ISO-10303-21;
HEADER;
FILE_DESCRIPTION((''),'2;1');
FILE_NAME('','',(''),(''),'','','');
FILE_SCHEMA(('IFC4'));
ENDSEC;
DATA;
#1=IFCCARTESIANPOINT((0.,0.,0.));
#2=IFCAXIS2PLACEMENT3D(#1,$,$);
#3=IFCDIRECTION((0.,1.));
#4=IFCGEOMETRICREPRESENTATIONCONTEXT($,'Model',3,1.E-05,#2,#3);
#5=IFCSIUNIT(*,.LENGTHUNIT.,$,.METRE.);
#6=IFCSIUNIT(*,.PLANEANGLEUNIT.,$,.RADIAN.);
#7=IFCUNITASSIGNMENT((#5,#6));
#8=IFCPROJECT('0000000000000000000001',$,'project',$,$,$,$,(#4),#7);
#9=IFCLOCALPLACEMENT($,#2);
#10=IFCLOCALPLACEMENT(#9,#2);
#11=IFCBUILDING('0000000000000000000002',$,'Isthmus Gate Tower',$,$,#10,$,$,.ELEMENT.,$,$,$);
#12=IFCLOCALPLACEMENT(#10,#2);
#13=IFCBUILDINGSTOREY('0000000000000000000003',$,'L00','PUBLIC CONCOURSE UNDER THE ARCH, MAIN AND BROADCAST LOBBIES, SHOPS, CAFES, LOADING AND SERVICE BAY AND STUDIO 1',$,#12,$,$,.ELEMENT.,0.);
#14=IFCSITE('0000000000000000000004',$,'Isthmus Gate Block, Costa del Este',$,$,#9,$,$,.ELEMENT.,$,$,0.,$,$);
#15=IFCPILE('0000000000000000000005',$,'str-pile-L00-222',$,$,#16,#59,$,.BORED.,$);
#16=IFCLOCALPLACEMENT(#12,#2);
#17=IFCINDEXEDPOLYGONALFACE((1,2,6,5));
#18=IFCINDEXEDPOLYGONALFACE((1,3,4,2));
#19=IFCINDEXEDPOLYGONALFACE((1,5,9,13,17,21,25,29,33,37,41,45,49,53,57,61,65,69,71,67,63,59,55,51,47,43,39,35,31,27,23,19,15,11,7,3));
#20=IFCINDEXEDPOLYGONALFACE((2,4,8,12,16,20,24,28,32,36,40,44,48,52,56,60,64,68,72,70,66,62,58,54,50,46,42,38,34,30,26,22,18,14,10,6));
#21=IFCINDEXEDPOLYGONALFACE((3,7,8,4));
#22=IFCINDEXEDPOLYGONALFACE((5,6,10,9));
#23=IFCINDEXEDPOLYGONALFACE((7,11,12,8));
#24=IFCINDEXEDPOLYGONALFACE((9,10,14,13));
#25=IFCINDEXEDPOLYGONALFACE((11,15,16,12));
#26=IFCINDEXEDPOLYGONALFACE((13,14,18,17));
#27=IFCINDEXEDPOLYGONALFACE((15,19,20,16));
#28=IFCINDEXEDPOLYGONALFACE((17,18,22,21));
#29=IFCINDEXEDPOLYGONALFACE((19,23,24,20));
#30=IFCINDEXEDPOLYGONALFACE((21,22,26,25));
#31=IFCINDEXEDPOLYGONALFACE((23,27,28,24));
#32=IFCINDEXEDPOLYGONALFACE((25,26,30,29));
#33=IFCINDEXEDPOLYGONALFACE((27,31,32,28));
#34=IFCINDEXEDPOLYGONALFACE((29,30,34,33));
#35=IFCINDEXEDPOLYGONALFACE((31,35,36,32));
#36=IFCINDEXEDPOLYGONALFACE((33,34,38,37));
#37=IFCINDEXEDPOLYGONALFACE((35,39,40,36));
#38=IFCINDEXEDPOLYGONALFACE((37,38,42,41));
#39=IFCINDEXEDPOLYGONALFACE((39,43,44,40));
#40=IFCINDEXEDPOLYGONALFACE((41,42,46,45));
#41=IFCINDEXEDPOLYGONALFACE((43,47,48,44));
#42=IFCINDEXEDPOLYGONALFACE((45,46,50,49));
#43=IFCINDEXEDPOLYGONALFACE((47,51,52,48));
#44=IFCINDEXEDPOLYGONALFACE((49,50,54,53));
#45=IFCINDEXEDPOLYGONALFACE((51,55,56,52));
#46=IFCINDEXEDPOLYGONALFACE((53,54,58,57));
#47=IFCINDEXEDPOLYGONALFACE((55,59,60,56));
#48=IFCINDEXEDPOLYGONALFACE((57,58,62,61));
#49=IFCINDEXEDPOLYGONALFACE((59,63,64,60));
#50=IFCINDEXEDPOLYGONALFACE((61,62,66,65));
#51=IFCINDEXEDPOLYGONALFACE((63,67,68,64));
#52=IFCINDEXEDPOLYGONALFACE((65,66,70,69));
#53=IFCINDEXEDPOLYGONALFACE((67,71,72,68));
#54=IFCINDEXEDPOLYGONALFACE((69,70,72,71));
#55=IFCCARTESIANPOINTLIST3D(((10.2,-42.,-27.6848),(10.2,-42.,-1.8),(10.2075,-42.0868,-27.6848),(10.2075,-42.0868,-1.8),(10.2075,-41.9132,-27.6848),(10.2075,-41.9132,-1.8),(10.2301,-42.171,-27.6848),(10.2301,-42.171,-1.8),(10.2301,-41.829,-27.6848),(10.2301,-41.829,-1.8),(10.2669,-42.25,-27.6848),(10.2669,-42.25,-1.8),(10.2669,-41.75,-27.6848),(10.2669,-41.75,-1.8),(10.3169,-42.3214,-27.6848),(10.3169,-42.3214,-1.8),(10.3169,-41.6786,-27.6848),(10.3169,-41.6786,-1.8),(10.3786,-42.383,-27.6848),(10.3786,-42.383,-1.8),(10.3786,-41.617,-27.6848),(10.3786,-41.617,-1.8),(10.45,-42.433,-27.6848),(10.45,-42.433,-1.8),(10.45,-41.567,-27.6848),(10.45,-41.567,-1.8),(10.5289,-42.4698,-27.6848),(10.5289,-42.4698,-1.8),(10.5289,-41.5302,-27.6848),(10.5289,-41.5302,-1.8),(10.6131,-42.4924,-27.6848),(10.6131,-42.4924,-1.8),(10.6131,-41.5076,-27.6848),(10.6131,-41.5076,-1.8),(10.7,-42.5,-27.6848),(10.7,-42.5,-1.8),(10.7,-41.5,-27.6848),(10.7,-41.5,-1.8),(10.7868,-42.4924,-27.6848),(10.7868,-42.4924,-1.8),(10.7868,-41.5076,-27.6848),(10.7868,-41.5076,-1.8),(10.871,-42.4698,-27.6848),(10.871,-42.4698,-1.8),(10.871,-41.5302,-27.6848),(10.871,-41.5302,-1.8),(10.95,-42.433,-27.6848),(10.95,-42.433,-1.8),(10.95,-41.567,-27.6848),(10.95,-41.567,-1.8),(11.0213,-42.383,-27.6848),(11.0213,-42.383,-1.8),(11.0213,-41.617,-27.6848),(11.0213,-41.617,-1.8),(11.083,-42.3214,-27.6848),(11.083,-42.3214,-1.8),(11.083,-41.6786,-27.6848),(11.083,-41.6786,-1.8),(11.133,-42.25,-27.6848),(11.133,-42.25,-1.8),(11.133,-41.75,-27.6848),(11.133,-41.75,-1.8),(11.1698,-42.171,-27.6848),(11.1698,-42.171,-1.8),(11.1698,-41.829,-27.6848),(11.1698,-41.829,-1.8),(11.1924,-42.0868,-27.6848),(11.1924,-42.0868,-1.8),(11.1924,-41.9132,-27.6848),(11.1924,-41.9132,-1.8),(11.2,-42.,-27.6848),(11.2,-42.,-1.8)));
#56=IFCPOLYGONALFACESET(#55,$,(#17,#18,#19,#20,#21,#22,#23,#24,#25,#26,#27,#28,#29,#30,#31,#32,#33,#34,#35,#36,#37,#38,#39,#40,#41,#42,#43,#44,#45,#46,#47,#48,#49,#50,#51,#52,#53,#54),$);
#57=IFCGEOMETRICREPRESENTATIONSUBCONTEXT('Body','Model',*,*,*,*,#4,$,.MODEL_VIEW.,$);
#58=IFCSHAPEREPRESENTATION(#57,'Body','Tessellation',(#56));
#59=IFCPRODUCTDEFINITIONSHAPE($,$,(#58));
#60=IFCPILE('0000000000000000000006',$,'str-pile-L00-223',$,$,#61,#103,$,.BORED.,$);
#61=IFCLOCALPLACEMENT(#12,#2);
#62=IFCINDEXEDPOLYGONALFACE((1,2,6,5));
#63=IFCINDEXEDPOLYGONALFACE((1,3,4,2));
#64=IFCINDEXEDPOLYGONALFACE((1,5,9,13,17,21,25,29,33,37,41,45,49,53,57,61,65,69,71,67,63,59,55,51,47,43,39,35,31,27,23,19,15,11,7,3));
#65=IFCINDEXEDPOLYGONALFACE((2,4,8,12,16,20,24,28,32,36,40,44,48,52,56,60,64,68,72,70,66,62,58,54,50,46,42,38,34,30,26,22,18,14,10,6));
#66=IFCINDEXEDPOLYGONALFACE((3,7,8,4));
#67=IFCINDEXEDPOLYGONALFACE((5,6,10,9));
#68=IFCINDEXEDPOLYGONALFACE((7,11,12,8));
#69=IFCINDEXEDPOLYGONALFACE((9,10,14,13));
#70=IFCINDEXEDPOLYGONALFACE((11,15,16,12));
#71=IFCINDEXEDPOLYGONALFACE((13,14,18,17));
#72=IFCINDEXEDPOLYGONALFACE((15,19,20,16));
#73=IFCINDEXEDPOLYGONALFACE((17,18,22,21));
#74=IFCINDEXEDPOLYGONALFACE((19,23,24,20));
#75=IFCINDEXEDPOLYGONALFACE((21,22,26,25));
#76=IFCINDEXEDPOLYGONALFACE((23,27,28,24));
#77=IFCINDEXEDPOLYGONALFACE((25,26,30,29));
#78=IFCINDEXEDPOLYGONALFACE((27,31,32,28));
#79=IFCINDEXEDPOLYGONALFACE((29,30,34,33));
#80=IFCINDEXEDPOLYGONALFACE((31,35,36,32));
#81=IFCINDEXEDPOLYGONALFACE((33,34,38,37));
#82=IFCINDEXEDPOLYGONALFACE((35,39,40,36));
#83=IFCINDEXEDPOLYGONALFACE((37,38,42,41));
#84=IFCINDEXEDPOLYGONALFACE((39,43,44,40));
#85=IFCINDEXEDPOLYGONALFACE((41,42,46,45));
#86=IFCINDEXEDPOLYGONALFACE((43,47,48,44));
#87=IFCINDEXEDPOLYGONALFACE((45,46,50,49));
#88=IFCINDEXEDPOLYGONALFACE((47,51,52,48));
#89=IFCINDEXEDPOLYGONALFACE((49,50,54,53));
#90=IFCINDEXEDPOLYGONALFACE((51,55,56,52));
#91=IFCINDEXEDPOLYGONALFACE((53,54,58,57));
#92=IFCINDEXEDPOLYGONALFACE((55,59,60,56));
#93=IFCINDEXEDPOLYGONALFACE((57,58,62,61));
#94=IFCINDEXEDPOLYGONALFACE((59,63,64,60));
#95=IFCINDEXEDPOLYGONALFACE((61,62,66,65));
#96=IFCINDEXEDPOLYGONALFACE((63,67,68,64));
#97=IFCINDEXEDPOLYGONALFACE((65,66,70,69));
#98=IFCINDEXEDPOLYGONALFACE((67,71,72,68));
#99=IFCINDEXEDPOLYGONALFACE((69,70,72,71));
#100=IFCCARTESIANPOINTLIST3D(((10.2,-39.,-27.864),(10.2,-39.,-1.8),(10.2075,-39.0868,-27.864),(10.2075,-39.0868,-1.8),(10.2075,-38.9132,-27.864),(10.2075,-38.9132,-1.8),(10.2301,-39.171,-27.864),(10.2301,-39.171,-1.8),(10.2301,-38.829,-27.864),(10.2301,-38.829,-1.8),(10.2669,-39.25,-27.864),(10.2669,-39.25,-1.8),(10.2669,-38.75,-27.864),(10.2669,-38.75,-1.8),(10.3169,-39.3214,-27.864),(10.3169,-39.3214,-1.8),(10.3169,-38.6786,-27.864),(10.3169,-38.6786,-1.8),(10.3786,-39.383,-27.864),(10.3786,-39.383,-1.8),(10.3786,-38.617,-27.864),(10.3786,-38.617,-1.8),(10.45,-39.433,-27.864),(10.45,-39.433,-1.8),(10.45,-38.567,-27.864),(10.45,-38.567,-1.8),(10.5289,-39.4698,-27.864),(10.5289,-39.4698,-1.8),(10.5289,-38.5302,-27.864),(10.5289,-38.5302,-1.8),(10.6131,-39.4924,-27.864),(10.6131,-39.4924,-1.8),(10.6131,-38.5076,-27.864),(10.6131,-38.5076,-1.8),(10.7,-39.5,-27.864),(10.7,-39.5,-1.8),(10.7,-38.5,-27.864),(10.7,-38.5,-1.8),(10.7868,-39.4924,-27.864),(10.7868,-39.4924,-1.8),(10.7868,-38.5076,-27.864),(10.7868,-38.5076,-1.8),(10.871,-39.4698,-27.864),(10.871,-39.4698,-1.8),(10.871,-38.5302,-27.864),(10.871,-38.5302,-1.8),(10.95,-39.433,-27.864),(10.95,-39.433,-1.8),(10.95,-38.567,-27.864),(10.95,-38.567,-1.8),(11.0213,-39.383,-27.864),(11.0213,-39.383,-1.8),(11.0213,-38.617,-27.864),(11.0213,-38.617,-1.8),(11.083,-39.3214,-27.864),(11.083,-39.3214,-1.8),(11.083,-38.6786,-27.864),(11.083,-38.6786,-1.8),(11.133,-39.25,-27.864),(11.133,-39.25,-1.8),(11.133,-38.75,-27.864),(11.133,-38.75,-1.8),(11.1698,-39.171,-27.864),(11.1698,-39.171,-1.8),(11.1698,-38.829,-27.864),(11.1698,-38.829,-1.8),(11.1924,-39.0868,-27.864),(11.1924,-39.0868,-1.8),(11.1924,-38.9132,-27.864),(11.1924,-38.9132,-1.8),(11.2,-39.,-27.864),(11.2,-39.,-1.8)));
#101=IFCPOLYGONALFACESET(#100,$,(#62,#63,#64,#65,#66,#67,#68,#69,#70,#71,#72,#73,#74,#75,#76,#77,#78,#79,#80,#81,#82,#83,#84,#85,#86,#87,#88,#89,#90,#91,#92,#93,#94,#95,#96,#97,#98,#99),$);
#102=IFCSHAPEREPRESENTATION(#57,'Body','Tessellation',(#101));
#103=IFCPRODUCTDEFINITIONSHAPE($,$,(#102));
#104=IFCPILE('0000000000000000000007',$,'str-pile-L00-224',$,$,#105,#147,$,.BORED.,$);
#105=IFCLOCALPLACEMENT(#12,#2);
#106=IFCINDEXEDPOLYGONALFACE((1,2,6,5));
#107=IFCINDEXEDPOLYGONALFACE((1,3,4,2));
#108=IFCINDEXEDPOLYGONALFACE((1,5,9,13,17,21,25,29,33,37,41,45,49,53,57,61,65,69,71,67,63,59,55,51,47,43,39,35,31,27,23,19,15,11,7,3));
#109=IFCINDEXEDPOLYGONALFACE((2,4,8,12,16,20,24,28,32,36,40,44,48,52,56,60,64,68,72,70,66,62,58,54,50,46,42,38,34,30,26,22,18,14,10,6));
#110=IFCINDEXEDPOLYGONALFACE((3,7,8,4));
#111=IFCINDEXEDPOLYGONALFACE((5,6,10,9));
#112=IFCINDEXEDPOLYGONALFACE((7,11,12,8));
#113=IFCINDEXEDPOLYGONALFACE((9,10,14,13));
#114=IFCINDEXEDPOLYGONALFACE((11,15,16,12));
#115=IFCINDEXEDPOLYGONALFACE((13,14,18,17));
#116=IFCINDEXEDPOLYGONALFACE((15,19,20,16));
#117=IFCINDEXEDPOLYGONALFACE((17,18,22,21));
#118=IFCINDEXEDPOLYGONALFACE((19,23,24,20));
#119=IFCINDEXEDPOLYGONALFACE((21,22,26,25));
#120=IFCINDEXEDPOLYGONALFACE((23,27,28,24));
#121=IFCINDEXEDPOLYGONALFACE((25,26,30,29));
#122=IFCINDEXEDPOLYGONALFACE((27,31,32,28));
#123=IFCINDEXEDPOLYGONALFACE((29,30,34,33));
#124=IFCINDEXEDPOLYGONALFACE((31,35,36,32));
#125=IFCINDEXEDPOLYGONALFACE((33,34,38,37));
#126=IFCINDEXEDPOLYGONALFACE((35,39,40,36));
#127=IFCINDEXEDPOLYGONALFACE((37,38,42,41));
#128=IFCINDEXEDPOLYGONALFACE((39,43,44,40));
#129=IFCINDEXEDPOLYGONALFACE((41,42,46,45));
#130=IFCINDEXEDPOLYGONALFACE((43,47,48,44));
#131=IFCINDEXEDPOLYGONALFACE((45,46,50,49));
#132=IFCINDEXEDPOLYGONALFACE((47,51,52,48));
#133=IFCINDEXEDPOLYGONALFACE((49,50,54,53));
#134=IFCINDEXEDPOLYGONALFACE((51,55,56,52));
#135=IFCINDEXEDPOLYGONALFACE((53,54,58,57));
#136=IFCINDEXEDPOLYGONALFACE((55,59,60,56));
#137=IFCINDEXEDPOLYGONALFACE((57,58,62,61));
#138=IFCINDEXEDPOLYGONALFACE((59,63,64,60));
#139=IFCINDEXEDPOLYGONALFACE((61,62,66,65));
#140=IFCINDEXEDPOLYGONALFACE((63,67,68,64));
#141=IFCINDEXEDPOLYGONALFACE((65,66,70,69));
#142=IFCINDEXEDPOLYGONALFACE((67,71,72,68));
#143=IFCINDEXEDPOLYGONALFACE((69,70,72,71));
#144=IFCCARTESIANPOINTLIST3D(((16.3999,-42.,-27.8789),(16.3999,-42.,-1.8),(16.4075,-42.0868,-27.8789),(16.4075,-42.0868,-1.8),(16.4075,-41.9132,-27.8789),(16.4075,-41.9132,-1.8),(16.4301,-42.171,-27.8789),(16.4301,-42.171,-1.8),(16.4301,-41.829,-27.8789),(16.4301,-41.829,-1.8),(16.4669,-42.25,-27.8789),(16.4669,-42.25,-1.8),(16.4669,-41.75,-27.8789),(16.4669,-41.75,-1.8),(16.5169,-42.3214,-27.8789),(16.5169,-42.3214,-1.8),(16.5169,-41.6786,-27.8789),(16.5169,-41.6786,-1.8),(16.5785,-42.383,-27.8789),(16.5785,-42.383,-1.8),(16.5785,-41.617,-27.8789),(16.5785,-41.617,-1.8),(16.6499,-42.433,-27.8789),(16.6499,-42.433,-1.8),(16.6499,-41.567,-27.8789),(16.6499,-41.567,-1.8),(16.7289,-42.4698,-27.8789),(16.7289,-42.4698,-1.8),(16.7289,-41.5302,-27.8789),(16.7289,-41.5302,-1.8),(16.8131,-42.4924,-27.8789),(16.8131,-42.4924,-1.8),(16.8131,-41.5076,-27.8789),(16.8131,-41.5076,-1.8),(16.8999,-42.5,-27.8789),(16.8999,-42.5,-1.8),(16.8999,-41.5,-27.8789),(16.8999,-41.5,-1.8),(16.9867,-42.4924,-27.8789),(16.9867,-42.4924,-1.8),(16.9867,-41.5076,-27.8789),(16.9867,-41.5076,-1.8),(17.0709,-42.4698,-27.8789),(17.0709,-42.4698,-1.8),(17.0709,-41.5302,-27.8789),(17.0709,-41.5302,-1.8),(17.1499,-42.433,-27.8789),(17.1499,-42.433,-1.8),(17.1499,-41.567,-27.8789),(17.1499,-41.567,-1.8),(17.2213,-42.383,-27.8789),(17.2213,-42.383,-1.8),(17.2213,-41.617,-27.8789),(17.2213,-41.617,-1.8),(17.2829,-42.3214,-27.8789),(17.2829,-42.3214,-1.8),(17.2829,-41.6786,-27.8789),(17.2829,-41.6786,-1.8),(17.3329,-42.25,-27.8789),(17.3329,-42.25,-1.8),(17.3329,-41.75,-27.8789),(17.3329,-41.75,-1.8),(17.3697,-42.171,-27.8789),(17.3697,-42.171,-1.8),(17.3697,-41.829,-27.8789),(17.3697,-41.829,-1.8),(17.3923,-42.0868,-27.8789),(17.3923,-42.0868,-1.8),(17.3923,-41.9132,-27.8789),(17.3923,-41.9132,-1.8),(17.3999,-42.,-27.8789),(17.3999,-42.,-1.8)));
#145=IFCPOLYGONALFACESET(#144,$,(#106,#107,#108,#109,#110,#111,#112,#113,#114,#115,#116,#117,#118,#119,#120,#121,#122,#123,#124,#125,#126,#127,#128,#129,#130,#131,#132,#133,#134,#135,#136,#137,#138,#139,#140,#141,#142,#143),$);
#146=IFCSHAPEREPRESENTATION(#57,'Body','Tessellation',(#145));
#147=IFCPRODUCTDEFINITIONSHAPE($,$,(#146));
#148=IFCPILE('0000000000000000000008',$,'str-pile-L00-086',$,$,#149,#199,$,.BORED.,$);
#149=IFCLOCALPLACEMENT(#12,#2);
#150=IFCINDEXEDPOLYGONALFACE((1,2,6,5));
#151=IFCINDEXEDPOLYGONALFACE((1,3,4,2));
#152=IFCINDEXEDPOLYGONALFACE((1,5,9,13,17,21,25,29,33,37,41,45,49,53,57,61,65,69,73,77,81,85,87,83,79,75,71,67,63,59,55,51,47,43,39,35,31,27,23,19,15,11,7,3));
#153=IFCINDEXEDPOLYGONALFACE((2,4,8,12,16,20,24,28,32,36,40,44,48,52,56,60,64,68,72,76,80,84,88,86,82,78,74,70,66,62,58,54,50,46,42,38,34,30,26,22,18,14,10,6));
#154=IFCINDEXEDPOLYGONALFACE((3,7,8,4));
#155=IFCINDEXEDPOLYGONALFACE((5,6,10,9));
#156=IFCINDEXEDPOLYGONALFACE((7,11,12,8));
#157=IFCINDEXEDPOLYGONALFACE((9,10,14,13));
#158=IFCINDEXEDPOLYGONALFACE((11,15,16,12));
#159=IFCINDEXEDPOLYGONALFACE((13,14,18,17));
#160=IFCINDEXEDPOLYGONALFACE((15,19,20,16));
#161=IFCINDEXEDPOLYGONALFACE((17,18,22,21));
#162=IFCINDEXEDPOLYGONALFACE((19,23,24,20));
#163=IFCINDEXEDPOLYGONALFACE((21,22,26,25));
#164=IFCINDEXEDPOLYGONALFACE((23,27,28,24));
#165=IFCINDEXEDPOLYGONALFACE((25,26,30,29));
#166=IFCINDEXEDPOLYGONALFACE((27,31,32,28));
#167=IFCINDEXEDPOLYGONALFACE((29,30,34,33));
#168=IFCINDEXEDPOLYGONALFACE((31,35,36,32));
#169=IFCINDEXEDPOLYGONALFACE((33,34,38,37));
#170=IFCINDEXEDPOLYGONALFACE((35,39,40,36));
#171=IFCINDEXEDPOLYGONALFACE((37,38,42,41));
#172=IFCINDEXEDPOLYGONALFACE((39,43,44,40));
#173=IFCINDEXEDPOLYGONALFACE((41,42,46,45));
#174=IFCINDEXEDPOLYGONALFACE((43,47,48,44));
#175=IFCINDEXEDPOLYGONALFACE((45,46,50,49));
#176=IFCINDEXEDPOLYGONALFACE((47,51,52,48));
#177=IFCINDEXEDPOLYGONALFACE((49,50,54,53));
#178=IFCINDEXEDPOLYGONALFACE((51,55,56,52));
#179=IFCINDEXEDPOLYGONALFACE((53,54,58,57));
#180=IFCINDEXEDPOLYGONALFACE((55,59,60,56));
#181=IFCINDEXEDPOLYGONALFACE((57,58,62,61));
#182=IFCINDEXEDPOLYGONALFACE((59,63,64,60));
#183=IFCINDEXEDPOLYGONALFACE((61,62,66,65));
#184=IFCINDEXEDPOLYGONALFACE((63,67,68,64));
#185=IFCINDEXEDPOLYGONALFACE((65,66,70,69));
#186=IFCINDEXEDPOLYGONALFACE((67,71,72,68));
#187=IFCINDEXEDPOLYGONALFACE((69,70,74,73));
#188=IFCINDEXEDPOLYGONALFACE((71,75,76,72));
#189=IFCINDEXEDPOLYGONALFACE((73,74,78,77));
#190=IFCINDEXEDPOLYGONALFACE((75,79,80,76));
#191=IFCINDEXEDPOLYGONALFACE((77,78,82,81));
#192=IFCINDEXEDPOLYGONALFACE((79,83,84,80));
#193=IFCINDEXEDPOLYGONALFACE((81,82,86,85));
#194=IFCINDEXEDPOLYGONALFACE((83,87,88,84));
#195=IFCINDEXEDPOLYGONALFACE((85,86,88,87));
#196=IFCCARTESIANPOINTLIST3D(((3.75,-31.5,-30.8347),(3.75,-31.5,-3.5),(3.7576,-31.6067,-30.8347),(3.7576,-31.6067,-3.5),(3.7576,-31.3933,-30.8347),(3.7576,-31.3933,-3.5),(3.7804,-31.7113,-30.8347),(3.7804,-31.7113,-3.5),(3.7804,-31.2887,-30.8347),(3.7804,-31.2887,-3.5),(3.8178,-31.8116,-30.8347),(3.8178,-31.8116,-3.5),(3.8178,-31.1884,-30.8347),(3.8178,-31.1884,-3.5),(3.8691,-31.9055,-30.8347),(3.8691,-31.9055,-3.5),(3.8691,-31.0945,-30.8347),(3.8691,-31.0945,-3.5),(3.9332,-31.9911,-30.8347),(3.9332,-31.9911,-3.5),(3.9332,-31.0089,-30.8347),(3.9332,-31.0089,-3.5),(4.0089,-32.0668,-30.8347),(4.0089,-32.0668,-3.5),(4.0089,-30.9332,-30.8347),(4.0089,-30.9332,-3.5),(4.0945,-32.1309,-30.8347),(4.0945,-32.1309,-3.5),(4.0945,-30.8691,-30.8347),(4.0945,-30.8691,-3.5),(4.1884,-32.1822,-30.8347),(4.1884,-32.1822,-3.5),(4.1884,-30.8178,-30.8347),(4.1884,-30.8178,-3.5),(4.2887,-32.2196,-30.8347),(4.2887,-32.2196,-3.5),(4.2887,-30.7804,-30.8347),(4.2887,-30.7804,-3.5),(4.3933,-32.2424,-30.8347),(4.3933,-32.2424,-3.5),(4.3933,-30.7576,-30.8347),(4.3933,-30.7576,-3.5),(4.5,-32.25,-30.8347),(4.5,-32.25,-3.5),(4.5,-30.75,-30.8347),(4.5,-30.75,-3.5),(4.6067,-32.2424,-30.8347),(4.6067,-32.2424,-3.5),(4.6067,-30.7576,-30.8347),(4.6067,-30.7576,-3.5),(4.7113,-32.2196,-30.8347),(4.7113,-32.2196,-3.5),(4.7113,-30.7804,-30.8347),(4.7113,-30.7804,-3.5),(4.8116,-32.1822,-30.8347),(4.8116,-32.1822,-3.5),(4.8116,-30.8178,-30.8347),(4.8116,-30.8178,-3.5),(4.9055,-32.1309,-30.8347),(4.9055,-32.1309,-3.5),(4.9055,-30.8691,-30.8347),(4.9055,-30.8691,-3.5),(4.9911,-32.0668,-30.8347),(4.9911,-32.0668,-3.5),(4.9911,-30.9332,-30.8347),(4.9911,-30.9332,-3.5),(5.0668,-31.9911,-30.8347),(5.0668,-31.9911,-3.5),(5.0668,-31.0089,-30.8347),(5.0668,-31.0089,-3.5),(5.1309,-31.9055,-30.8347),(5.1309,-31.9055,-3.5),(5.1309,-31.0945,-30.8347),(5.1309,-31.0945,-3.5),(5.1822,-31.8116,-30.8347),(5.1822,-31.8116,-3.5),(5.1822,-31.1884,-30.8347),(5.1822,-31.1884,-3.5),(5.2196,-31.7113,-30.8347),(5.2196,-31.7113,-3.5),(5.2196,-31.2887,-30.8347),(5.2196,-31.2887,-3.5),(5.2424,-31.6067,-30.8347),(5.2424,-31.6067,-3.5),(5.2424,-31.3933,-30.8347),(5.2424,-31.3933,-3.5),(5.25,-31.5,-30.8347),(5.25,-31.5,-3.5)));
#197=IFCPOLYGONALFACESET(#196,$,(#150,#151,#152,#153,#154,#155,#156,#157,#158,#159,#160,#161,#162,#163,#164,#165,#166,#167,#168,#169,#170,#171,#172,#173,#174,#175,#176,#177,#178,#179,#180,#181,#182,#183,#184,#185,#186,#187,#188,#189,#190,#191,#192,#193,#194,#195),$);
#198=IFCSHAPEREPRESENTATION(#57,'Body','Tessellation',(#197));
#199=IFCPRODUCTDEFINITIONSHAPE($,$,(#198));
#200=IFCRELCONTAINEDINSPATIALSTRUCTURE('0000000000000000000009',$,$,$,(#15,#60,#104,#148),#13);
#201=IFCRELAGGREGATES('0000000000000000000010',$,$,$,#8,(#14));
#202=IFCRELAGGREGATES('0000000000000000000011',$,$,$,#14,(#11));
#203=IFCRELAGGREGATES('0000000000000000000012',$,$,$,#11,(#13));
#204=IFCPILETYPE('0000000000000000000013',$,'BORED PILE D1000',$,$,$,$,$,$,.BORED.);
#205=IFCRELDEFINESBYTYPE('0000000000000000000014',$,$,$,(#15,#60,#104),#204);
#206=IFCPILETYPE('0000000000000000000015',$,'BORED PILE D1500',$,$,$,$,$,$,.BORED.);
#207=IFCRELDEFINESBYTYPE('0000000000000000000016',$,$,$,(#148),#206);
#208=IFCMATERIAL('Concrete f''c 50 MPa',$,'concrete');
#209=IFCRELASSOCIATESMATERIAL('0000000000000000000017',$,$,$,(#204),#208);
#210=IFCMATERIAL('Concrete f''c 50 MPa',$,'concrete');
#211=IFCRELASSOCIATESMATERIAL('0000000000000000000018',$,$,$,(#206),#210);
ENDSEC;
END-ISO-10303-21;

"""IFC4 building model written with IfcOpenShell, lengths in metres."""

from ifc_helpers import new_model, si_unit, direction, frame, origin, origin_2d, place, context, subcontext, project, spatial, circle, extrude, material, material_profile, profile_set, type_object, element, save


model = new_model("IFC4")

# Units and contexts
model_context = context("Model", 3, precision=1e-05, world=origin(), true_north=direction((0.0, 1.0)))
body_context = subcontext(model_context, "Body", "Model", "MODEL_VIEW")
ifc_project = project(units=[si_unit("LENGTHUNIT", "METRE"), si_unit("PLANEANGLEUNIT", "RADIAN")], contexts=[model_context])

# Site, building, storey
site_placement = place(None, origin())
site = spatial("IfcSite", under=ifc_project, at=site_placement, Name="Isthmus Gate Block, Costa del Este", CompositionType="ELEMENT", RefElevation=0.0)
building_placement = place(site_placement, origin())
building = spatial("IfcBuilding", under=site, at=building_placement, Name="Isthmus Gate Tower", CompositionType="ELEMENT")
storey_placement = place(building_placement, origin())
storey = spatial("IfcBuildingStorey", under=building, at=storey_placement, Name="L00", Description="PUBLIC CONCOURSE UNDER THE ARCH, MAIN AND BROADCAST LOBBIES, SHOPS, CAFES, LOADING AND SERVICE BAY AND STUDIO 1", CompositionType="ELEMENT", Elevation=0.0)

# Piles
ifc_material_1 = material(Name="Concrete f'c 50 MPa", Category="concrete")
ifc_material_profile_1 = material_profile(ifc_material_1, circle(Radius=0.5, at=origin_2d()), Name="D1000")
ifc_profile_set_1 = profile_set([ifc_material_profile_1], Name="Concrete f'c 50 MPa")
pile_type_1 = type_object("IfcPileType", Name="BORED PILE D1000", PredefinedType="BORED", material=ifc_profile_set_1)
pile_1_placement = place(storey_placement, frame((10.7, -42.0, -1.8), z_axis=(0.0, 0.0, -1.0), x_axis=(1.0, 0.0, 0.0)))
element("IfcPile", 1, at=pile_1_placement, inside=storey, type_object=pile_type_1, Name="str-pile-L00-222", PredefinedType="BORED", context=body_context, shape_type="SweptSolid", body=[
    extrude(circle(Radius=0.5, at=origin_2d()), origin(), (0.0, 0.0, 1.0), 25.8848),
])
pile_2_placement = place(storey_placement, frame((10.7, -39.0, -1.8), z_axis=(0.0, 0.0, -1.0), x_axis=(1.0, 0.0, 0.0)))
element("IfcPile", 2, at=pile_2_placement, inside=storey, type_object=pile_type_1, Name="str-pile-L00-223", PredefinedType="BORED", context=body_context, shape_type="SweptSolid", body=[
    extrude(circle(Radius=0.5, at=origin_2d()), origin(), (0.0, 0.0, 1.0), 26.064),
])
pile_3_placement = place(storey_placement, frame((16.8999, -42.0, -1.8), z_axis=(0.0, 0.0, -1.0), x_axis=(1.0, 0.0, 0.0)))
element("IfcPile", 3, at=pile_3_placement, inside=storey, type_object=pile_type_1, Name="str-pile-L00-224", PredefinedType="BORED", context=body_context, shape_type="SweptSolid", body=[
    extrude(circle(Radius=0.5, at=origin_2d()), origin(), (0.0, 0.0, 1.0), 26.0789),
])
ifc_material_2 = material(Name="Concrete f'c 50 MPa", Category="concrete")
ifc_material_profile_2 = material_profile(ifc_material_2, circle(Radius=0.75, at=origin_2d()), Name="D1500")
ifc_profile_set_2 = profile_set([ifc_material_profile_2], Name="Concrete f'c 50 MPa")
pile_type_2 = type_object("IfcPileType", Name="BORED PILE D1500", PredefinedType="BORED", material=ifc_profile_set_2)
pile_4_placement = place(storey_placement, frame((4.5, -31.5, -3.5), z_axis=(0.0, 0.0, -1.0), x_axis=(1.0, 0.0, 0.0)))
element("IfcPile", 4, at=pile_4_placement, inside=storey, type_object=pile_type_2, Name="str-pile-L00-086", PredefinedType="BORED", context=body_context, shape_type="SweptSolid", body=[
    extrude(circle(Radius=0.75, at=origin_2d()), origin(), (0.0, 0.0, 1.0), 27.3347),
])

save(model, "model.ifc")
